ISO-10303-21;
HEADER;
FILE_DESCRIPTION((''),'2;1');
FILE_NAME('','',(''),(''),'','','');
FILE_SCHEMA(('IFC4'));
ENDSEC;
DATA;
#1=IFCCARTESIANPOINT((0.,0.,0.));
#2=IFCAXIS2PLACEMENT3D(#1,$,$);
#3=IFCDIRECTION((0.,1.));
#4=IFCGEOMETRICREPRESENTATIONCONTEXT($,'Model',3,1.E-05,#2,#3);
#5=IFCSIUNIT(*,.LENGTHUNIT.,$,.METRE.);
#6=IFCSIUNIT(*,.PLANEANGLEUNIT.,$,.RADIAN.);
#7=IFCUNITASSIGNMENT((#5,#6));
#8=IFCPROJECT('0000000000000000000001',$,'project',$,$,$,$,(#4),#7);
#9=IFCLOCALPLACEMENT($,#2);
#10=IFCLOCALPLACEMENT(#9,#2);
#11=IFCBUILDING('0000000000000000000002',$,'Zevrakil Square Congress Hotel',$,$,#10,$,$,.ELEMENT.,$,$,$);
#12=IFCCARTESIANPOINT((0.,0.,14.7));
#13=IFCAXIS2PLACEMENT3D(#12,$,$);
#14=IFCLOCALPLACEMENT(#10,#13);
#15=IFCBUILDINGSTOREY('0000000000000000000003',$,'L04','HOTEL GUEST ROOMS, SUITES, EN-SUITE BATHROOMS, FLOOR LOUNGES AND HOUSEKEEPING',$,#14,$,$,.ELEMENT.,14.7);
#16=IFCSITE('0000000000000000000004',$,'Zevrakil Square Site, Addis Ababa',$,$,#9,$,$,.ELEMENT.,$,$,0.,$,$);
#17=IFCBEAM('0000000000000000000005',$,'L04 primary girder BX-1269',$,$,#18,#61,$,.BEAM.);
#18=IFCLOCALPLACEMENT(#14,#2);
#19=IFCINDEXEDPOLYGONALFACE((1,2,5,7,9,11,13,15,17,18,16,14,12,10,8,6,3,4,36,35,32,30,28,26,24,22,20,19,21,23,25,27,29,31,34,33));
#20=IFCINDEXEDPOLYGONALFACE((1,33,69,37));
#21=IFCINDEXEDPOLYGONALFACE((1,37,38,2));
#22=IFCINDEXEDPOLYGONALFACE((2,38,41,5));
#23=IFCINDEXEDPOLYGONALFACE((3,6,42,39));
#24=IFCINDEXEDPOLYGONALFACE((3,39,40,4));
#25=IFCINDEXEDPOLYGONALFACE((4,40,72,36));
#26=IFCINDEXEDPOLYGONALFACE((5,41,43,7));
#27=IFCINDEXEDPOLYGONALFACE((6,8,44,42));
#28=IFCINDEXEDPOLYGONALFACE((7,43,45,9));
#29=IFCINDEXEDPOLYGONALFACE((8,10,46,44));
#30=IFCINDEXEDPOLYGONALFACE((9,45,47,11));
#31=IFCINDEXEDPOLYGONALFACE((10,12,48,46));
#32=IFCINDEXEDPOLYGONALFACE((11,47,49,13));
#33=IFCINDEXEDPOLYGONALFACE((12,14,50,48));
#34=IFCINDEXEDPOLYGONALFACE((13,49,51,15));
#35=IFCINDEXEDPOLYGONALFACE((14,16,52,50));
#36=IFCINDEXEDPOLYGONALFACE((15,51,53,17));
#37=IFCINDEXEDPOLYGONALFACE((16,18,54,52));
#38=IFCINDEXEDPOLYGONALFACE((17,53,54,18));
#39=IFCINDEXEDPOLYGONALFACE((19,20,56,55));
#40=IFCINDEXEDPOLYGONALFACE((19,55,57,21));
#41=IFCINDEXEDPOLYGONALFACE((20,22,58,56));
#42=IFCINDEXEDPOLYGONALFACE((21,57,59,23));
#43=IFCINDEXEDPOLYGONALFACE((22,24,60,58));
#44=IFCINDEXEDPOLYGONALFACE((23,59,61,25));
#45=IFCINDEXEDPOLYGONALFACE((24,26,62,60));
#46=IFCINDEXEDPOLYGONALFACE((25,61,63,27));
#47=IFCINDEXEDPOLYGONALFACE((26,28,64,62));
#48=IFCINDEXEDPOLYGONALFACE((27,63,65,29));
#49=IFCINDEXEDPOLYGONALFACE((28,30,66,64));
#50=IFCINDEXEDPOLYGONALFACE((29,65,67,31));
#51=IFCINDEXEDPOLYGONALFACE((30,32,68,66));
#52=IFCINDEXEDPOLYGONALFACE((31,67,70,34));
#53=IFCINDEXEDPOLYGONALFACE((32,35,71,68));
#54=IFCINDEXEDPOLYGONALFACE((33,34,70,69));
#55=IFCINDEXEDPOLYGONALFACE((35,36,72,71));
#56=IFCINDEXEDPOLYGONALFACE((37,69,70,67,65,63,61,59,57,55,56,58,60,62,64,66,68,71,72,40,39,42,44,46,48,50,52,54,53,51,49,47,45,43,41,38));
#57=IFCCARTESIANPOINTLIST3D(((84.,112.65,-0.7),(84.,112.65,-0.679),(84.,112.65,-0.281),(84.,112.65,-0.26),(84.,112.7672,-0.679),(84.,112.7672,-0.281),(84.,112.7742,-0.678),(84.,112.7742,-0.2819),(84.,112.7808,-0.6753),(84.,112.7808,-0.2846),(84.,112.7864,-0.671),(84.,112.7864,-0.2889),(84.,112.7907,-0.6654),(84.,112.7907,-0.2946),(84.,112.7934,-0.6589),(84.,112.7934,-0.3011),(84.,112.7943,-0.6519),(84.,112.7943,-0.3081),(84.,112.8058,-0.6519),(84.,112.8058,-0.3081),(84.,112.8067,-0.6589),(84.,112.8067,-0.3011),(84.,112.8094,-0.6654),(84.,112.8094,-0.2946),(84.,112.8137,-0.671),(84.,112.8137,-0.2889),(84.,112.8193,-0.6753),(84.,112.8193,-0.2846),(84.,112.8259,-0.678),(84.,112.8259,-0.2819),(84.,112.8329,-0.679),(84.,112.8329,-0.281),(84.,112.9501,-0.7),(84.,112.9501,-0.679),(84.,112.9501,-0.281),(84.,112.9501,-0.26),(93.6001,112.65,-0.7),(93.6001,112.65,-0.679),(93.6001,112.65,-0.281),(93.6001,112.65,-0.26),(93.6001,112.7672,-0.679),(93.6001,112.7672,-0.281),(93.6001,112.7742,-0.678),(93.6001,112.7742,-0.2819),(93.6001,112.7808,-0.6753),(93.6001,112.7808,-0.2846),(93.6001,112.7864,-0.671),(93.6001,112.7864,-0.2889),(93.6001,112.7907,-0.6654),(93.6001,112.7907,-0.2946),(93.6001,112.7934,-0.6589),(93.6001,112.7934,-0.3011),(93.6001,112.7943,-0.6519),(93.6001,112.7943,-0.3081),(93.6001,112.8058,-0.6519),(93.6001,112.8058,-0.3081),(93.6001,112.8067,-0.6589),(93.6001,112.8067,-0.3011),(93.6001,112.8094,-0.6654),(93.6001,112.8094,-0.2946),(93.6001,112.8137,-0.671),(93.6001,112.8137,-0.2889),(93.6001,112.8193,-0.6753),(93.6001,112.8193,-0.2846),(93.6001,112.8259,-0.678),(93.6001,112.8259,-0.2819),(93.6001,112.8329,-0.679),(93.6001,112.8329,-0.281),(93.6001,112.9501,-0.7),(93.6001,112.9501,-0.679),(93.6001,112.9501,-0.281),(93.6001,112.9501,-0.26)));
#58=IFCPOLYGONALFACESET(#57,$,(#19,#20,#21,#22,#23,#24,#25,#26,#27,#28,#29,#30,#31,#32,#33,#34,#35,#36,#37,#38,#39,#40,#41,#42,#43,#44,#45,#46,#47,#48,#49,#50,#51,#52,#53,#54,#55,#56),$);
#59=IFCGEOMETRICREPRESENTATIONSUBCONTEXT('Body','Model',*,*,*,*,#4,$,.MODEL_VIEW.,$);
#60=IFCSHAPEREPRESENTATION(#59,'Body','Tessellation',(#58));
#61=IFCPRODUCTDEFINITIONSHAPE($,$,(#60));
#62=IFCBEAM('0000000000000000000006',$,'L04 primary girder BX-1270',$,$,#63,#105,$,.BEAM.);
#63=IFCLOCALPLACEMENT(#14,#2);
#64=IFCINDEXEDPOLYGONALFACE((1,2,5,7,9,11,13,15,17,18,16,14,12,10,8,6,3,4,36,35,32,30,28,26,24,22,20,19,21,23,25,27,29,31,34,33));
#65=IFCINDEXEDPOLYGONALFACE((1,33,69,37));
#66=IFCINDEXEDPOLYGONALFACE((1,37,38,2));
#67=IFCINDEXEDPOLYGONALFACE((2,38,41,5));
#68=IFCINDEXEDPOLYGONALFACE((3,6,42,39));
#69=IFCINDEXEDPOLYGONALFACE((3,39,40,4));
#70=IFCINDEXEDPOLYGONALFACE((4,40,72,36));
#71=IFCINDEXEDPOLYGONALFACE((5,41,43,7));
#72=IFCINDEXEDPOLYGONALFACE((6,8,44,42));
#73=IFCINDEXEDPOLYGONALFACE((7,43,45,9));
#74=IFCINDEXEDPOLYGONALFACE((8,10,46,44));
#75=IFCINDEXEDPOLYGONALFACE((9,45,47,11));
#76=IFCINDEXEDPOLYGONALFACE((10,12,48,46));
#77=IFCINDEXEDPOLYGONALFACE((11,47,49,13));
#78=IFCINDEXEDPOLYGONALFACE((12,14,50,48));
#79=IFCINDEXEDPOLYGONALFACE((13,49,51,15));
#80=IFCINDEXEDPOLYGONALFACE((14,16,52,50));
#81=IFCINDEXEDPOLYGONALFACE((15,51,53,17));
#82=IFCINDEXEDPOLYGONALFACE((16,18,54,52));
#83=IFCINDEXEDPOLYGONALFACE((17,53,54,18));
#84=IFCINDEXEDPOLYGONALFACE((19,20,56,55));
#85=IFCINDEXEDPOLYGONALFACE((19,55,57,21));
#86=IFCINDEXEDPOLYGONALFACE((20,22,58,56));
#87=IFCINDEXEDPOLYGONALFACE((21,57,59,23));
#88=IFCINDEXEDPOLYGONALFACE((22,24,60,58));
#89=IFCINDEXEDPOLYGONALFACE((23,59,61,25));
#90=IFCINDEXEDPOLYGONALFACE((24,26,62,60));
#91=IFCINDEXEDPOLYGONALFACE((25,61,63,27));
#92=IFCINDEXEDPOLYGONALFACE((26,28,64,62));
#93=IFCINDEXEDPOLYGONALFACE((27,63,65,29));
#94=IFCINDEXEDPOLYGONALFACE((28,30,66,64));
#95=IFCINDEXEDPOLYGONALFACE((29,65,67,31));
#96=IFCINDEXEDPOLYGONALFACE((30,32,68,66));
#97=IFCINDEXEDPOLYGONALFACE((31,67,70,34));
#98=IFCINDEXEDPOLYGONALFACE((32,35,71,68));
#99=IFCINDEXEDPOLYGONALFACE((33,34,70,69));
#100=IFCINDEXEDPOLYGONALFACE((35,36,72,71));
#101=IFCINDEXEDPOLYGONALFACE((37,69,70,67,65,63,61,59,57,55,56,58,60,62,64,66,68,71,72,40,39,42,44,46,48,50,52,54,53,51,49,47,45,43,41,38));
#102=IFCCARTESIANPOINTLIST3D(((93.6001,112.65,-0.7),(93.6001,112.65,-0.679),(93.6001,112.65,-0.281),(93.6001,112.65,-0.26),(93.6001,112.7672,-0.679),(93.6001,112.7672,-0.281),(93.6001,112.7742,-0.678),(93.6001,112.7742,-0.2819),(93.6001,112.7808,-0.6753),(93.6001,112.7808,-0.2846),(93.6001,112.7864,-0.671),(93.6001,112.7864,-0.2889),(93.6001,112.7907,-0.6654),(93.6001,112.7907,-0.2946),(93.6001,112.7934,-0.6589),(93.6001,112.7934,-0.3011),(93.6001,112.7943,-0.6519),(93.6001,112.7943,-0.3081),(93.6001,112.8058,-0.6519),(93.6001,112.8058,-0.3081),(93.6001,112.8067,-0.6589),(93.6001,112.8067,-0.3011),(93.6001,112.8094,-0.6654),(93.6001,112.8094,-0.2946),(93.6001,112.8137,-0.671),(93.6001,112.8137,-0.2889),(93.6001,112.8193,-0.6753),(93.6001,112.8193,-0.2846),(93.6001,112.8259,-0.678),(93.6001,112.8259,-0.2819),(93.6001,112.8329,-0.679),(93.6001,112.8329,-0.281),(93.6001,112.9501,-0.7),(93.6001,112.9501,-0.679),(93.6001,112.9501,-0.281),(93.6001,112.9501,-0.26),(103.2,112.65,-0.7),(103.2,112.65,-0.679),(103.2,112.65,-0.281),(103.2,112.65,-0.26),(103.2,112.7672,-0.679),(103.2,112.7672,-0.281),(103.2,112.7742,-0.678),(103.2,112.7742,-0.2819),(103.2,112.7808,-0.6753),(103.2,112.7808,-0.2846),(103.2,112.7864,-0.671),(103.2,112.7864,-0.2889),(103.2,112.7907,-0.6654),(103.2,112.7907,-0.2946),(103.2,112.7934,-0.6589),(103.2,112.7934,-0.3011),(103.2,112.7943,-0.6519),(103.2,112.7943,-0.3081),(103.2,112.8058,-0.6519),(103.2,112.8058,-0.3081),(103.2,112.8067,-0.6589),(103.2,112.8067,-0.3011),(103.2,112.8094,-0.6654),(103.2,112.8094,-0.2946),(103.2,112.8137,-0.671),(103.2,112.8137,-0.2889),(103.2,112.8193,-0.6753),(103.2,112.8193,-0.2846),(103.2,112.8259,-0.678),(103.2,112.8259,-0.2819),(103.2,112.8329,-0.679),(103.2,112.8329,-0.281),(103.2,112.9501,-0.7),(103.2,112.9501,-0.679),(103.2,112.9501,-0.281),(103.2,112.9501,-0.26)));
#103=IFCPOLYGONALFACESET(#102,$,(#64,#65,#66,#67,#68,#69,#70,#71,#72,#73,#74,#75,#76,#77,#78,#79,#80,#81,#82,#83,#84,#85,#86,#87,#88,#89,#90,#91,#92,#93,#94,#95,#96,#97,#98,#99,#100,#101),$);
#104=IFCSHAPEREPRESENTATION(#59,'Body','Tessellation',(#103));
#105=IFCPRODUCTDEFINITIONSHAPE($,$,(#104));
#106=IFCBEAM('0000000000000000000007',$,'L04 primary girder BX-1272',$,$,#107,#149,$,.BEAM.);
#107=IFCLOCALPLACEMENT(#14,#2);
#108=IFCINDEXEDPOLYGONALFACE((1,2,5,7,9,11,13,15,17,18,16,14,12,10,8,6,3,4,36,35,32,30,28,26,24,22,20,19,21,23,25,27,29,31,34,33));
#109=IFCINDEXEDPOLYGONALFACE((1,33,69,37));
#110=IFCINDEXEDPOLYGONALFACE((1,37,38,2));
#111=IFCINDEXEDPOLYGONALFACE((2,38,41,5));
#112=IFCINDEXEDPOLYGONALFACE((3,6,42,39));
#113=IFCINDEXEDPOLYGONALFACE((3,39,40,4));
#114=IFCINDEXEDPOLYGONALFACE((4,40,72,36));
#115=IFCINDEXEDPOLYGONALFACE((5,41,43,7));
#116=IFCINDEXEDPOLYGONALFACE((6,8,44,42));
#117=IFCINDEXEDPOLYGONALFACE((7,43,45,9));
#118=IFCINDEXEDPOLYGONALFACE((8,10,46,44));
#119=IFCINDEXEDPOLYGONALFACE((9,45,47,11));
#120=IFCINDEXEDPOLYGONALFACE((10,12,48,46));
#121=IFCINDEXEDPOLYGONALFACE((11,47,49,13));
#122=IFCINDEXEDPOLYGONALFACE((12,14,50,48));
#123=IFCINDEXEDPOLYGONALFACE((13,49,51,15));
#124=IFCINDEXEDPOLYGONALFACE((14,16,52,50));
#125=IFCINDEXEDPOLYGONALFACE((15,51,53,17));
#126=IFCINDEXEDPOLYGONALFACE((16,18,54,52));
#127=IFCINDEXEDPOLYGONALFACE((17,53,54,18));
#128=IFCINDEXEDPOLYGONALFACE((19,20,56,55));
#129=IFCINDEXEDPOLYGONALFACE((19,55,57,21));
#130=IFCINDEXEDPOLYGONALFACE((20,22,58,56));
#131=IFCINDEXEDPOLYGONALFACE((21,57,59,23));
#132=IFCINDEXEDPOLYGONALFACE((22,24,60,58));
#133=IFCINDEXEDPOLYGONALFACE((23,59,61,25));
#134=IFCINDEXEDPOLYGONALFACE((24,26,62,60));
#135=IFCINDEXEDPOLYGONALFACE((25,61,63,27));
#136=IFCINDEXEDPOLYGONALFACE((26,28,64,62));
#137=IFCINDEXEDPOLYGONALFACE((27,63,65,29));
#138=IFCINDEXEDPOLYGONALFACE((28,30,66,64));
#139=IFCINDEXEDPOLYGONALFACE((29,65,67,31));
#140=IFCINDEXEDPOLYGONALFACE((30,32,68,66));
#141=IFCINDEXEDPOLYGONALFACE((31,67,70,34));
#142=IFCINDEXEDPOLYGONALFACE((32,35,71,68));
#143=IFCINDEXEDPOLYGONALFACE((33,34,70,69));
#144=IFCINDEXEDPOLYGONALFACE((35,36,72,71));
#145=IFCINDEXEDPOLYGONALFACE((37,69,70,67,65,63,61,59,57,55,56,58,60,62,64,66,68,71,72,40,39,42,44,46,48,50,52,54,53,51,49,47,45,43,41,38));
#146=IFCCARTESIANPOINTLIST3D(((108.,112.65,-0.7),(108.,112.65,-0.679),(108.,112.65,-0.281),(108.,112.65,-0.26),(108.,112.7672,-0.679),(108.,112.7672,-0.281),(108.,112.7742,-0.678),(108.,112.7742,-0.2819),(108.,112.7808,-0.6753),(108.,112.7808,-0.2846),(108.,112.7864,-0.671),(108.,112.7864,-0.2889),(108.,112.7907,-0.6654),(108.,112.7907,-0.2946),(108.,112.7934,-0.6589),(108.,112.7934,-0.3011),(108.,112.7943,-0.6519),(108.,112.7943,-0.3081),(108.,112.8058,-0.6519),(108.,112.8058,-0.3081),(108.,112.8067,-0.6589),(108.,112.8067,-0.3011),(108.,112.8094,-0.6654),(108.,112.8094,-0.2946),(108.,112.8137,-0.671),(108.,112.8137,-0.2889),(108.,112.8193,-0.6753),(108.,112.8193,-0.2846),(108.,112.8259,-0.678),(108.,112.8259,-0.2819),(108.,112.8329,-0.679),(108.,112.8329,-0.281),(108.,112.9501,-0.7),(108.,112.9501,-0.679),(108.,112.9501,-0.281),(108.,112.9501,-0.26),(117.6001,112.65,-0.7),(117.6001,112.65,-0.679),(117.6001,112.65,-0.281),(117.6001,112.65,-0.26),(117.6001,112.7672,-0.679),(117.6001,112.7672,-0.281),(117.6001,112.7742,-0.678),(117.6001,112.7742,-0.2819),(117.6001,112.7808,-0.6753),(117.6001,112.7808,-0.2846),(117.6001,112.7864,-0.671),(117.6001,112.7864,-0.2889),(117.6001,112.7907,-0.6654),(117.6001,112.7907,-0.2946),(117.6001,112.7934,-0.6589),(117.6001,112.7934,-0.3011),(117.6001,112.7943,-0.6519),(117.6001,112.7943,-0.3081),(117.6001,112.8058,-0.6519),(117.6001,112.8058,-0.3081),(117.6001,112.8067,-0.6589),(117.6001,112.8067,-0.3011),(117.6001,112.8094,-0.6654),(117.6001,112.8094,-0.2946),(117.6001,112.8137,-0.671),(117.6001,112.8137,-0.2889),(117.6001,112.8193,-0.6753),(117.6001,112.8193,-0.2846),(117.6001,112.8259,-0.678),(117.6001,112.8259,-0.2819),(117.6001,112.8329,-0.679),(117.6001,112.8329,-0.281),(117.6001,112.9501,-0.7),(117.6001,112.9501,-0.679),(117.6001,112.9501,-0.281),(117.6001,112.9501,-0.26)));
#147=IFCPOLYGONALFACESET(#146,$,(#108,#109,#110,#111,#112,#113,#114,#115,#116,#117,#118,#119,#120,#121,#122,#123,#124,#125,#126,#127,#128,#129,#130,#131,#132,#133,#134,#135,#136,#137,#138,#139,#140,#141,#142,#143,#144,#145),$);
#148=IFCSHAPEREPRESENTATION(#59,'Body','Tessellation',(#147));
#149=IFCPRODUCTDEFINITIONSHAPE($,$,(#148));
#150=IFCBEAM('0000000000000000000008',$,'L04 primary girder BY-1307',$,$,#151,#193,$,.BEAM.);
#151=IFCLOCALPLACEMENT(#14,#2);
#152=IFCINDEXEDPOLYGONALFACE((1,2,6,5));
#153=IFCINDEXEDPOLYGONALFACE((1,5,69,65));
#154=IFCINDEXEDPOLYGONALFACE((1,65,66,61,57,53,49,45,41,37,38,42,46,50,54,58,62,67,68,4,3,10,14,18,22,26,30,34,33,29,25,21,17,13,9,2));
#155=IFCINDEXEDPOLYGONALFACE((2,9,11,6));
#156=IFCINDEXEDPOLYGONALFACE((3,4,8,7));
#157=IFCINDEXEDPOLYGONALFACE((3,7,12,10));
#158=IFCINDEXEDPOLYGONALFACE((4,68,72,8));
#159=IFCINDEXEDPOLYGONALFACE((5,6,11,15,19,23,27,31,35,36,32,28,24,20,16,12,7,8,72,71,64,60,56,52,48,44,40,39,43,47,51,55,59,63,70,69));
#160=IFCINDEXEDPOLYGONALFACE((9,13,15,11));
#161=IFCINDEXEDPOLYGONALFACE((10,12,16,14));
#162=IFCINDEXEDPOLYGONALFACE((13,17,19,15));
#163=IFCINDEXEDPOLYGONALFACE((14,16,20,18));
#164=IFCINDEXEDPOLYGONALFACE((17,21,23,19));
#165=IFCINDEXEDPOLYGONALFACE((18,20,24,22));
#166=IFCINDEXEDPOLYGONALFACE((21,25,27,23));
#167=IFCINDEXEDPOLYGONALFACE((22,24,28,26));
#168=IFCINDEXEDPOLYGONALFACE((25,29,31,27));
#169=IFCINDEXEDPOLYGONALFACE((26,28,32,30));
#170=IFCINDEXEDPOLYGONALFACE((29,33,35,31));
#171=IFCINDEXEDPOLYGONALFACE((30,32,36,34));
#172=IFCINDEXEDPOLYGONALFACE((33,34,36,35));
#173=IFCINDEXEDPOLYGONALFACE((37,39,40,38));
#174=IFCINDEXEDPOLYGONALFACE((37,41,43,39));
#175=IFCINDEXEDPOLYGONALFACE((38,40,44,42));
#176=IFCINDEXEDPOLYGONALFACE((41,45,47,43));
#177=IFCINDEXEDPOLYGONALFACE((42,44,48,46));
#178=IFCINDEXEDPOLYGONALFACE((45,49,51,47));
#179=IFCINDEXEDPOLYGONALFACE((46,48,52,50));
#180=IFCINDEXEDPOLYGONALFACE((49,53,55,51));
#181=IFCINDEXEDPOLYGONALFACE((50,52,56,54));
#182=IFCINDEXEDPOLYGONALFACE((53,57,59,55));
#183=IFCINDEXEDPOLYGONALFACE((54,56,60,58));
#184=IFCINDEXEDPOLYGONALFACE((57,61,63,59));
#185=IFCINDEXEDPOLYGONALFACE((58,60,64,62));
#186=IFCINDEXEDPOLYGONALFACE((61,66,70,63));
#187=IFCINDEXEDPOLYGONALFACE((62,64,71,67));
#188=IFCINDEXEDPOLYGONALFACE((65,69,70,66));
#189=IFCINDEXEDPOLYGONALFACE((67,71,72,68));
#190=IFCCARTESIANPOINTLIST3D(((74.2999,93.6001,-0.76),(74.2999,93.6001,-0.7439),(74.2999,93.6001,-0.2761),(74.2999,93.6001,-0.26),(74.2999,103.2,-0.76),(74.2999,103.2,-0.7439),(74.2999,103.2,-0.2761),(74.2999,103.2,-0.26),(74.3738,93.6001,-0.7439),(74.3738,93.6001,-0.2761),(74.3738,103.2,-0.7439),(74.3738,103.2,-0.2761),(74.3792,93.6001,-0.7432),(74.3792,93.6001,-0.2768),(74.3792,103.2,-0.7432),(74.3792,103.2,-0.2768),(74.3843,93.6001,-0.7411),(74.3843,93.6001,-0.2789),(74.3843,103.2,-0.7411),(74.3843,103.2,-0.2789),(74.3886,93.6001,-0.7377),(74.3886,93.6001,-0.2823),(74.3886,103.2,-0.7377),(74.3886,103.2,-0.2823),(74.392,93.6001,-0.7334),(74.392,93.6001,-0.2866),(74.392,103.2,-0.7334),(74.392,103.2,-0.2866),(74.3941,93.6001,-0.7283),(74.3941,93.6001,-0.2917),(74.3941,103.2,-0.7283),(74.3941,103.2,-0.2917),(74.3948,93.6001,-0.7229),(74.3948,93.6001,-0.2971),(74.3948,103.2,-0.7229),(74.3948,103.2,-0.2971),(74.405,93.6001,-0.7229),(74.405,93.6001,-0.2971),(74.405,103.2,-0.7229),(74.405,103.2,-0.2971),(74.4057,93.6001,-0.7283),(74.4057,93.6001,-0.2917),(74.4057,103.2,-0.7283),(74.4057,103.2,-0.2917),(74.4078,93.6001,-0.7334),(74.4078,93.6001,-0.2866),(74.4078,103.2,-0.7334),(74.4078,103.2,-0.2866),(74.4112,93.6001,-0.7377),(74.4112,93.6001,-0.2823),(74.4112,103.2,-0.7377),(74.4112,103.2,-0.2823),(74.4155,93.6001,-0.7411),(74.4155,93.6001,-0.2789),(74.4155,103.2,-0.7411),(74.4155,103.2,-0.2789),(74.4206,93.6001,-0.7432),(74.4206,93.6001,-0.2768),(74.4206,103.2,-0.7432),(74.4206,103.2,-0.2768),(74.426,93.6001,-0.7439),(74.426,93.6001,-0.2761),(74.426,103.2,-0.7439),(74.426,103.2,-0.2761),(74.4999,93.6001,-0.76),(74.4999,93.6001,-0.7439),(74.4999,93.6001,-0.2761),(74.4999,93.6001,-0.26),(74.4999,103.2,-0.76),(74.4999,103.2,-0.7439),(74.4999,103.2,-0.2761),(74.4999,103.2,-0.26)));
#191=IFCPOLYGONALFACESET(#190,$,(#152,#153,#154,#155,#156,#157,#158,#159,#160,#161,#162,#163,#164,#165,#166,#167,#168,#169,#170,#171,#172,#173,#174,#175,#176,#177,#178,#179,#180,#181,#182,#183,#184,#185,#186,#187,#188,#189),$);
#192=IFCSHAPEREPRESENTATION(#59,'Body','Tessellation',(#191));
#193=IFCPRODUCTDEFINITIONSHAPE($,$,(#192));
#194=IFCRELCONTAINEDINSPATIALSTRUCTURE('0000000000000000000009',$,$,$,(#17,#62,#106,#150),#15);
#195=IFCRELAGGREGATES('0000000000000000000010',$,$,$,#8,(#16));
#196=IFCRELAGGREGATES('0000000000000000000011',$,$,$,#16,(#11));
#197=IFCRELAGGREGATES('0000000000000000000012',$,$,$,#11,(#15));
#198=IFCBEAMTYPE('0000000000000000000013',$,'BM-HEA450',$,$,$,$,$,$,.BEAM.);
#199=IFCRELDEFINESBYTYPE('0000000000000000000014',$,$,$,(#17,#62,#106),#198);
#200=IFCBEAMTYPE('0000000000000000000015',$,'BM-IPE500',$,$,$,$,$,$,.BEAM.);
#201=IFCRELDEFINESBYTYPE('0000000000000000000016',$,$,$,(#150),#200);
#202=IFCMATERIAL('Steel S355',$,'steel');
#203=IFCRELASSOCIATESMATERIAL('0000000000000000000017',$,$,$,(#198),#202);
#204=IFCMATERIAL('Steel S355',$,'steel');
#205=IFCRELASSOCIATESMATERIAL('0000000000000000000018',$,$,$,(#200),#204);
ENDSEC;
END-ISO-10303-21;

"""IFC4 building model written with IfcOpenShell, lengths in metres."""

from ifc_helpers import new_model, si_unit, direction, frame, origin, origin_2d, place, context, subcontext, project, spatial, i_section, extrude, material, material_profile, profile_set, type_object, element, save


model = new_model("IFC4")

# Units and contexts
model_context = context("Model", 3, precision=1e-05, world=origin(), true_north=direction((0.0, 1.0)))
body_context = subcontext(model_context, "Body", "Model", "MODEL_VIEW")
ifc_project = project(units=[si_unit("LENGTHUNIT", "METRE"), si_unit("PLANEANGLEUNIT", "RADIAN")], contexts=[model_context])

# Site, building, storey
site_placement = place(None, origin())
site = spatial("IfcSite", under=ifc_project, at=site_placement, Name="Zevrakil Square Site, Addis Ababa", CompositionType="ELEMENT", RefElevation=0.0)
building_placement = place(site_placement, origin())
building = spatial("IfcBuilding", under=site, at=building_placement, Name="Zevrakil Square Congress Hotel", CompositionType="ELEMENT")
storey_placement = place(building_placement, frame((0.0, 0.0, 14.7)))
storey = spatial("IfcBuildingStorey", under=building, at=storey_placement, Name="L04", Description="HOTEL GUEST ROOMS, SUITES, EN-SUITE BATHROOMS, FLOOR LOUNGES AND HOUSEKEEPING", CompositionType="ELEMENT", Elevation=14.7)

# Beams
ifc_material_1 = material(Name="Steel S355", Category="steel")
ifc_material_profile_1 = material_profile(ifc_material_1, i_section(OverallWidth=0.3, OverallDepth=0.4399, WebThickness=0.0115, FlangeThickness=0.021, FilletRadius=0.0271, at=origin_2d()), Name="HEA 450")
ifc_profile_set_1 = profile_set([ifc_material_profile_1], Name="Steel S355")
beam_type_1 = type_object("IfcBeamType", Name="BM-HEA450", PredefinedType="BEAM", material=ifc_profile_set_1)
for number, where, z_axis, x_axis, name in (
    (1, (84.0, 112.8, -0.48), (1.0, 0.0, 0.0), (0.0, 1.0, 0.0), "L04 primary girder BX-1269"),
):
    element("IfcBeam", number, at=place(storey_placement, frame(where, z_axis=z_axis, x_axis=x_axis)), inside=storey, type_object=beam_type_1, Name=name, PredefinedType="BEAM", context=body_context, shape_type="SweptSolid", body=[
        extrude(i_section(OverallWidth=0.3, OverallDepth=0.4399, WebThickness=0.0115, FlangeThickness=0.021, FilletRadius=0.0271, at=origin_2d()), origin(), (0.0, 0.0, 1.0), 9.6001),
    ])
beam_1_placement = place(storey_placement, frame((93.6001, 112.8, -0.48), z_axis=(1.0, 0.0, 0.0), x_axis=(0.0, 1.0, 0.0)))
element("IfcBeam", 2, at=beam_1_placement, inside=storey, type_object=beam_type_1, Name="L04 primary girder BX-1270", PredefinedType="BEAM", context=body_context, shape_type="SweptSolid", body=[
    extrude(i_section(OverallWidth=0.3, OverallDepth=0.4399, WebThickness=0.0115, FlangeThickness=0.021, FilletRadius=0.0271, at=origin_2d()), origin(), (0.0, 0.0, 1.0), 9.5999),
])
beam_2_placement = place(storey_placement, frame((108.0, 112.8, -0.48), z_axis=(1.0, 0.0, 0.0), x_axis=(0.0, 1.0, 0.0)))
element("IfcBeam", 3, at=beam_2_placement, inside=storey, type_object=beam_type_1, Name="L04 primary girder BX-1272", PredefinedType="BEAM", context=body_context, shape_type="SweptSolid", body=[
    extrude(i_section(OverallWidth=0.3, OverallDepth=0.4399, WebThickness=0.0115, FlangeThickness=0.021, FilletRadius=0.0271, at=origin_2d()), origin(), (0.0, 0.0, 1.0), 9.6001),
])
ifc_material_2 = material(Name="Steel S355", Category="steel")
ifc_material_profile_2 = material_profile(ifc_material_2, i_section(OverallWidth=0.2, OverallDepth=0.5, WebThickness=0.0103, FlangeThickness=0.0161, FilletRadius=0.021, at=origin_2d()), Name="IPE 500")
ifc_profile_set_2 = profile_set([ifc_material_profile_2], Name="Steel S355")
beam_type_2 = type_object("IfcBeamType", Name="BM-IPE500", PredefinedType="BEAM", material=ifc_profile_set_2)
beam_3_placement = place(storey_placement, frame((74.3999, 93.6001, -0.51), z_axis=(0.0, 1.0, 0.0), x_axis=(-1.0, 0.0, 0.0)))
element("IfcBeam", 4, at=beam_3_placement, inside=storey, type_object=beam_type_2, Name="L04 primary girder BY-1307", PredefinedType="BEAM", context=body_context, shape_type="SweptSolid", body=[
    extrude(i_section(OverallWidth=0.2, OverallDepth=0.5, WebThickness=0.0103, FlangeThickness=0.0161, FilletRadius=0.021, at=origin_2d()), origin(), (0.0, 0.0, 1.0), 9.5999),
])

save(model, "model.ifc")
